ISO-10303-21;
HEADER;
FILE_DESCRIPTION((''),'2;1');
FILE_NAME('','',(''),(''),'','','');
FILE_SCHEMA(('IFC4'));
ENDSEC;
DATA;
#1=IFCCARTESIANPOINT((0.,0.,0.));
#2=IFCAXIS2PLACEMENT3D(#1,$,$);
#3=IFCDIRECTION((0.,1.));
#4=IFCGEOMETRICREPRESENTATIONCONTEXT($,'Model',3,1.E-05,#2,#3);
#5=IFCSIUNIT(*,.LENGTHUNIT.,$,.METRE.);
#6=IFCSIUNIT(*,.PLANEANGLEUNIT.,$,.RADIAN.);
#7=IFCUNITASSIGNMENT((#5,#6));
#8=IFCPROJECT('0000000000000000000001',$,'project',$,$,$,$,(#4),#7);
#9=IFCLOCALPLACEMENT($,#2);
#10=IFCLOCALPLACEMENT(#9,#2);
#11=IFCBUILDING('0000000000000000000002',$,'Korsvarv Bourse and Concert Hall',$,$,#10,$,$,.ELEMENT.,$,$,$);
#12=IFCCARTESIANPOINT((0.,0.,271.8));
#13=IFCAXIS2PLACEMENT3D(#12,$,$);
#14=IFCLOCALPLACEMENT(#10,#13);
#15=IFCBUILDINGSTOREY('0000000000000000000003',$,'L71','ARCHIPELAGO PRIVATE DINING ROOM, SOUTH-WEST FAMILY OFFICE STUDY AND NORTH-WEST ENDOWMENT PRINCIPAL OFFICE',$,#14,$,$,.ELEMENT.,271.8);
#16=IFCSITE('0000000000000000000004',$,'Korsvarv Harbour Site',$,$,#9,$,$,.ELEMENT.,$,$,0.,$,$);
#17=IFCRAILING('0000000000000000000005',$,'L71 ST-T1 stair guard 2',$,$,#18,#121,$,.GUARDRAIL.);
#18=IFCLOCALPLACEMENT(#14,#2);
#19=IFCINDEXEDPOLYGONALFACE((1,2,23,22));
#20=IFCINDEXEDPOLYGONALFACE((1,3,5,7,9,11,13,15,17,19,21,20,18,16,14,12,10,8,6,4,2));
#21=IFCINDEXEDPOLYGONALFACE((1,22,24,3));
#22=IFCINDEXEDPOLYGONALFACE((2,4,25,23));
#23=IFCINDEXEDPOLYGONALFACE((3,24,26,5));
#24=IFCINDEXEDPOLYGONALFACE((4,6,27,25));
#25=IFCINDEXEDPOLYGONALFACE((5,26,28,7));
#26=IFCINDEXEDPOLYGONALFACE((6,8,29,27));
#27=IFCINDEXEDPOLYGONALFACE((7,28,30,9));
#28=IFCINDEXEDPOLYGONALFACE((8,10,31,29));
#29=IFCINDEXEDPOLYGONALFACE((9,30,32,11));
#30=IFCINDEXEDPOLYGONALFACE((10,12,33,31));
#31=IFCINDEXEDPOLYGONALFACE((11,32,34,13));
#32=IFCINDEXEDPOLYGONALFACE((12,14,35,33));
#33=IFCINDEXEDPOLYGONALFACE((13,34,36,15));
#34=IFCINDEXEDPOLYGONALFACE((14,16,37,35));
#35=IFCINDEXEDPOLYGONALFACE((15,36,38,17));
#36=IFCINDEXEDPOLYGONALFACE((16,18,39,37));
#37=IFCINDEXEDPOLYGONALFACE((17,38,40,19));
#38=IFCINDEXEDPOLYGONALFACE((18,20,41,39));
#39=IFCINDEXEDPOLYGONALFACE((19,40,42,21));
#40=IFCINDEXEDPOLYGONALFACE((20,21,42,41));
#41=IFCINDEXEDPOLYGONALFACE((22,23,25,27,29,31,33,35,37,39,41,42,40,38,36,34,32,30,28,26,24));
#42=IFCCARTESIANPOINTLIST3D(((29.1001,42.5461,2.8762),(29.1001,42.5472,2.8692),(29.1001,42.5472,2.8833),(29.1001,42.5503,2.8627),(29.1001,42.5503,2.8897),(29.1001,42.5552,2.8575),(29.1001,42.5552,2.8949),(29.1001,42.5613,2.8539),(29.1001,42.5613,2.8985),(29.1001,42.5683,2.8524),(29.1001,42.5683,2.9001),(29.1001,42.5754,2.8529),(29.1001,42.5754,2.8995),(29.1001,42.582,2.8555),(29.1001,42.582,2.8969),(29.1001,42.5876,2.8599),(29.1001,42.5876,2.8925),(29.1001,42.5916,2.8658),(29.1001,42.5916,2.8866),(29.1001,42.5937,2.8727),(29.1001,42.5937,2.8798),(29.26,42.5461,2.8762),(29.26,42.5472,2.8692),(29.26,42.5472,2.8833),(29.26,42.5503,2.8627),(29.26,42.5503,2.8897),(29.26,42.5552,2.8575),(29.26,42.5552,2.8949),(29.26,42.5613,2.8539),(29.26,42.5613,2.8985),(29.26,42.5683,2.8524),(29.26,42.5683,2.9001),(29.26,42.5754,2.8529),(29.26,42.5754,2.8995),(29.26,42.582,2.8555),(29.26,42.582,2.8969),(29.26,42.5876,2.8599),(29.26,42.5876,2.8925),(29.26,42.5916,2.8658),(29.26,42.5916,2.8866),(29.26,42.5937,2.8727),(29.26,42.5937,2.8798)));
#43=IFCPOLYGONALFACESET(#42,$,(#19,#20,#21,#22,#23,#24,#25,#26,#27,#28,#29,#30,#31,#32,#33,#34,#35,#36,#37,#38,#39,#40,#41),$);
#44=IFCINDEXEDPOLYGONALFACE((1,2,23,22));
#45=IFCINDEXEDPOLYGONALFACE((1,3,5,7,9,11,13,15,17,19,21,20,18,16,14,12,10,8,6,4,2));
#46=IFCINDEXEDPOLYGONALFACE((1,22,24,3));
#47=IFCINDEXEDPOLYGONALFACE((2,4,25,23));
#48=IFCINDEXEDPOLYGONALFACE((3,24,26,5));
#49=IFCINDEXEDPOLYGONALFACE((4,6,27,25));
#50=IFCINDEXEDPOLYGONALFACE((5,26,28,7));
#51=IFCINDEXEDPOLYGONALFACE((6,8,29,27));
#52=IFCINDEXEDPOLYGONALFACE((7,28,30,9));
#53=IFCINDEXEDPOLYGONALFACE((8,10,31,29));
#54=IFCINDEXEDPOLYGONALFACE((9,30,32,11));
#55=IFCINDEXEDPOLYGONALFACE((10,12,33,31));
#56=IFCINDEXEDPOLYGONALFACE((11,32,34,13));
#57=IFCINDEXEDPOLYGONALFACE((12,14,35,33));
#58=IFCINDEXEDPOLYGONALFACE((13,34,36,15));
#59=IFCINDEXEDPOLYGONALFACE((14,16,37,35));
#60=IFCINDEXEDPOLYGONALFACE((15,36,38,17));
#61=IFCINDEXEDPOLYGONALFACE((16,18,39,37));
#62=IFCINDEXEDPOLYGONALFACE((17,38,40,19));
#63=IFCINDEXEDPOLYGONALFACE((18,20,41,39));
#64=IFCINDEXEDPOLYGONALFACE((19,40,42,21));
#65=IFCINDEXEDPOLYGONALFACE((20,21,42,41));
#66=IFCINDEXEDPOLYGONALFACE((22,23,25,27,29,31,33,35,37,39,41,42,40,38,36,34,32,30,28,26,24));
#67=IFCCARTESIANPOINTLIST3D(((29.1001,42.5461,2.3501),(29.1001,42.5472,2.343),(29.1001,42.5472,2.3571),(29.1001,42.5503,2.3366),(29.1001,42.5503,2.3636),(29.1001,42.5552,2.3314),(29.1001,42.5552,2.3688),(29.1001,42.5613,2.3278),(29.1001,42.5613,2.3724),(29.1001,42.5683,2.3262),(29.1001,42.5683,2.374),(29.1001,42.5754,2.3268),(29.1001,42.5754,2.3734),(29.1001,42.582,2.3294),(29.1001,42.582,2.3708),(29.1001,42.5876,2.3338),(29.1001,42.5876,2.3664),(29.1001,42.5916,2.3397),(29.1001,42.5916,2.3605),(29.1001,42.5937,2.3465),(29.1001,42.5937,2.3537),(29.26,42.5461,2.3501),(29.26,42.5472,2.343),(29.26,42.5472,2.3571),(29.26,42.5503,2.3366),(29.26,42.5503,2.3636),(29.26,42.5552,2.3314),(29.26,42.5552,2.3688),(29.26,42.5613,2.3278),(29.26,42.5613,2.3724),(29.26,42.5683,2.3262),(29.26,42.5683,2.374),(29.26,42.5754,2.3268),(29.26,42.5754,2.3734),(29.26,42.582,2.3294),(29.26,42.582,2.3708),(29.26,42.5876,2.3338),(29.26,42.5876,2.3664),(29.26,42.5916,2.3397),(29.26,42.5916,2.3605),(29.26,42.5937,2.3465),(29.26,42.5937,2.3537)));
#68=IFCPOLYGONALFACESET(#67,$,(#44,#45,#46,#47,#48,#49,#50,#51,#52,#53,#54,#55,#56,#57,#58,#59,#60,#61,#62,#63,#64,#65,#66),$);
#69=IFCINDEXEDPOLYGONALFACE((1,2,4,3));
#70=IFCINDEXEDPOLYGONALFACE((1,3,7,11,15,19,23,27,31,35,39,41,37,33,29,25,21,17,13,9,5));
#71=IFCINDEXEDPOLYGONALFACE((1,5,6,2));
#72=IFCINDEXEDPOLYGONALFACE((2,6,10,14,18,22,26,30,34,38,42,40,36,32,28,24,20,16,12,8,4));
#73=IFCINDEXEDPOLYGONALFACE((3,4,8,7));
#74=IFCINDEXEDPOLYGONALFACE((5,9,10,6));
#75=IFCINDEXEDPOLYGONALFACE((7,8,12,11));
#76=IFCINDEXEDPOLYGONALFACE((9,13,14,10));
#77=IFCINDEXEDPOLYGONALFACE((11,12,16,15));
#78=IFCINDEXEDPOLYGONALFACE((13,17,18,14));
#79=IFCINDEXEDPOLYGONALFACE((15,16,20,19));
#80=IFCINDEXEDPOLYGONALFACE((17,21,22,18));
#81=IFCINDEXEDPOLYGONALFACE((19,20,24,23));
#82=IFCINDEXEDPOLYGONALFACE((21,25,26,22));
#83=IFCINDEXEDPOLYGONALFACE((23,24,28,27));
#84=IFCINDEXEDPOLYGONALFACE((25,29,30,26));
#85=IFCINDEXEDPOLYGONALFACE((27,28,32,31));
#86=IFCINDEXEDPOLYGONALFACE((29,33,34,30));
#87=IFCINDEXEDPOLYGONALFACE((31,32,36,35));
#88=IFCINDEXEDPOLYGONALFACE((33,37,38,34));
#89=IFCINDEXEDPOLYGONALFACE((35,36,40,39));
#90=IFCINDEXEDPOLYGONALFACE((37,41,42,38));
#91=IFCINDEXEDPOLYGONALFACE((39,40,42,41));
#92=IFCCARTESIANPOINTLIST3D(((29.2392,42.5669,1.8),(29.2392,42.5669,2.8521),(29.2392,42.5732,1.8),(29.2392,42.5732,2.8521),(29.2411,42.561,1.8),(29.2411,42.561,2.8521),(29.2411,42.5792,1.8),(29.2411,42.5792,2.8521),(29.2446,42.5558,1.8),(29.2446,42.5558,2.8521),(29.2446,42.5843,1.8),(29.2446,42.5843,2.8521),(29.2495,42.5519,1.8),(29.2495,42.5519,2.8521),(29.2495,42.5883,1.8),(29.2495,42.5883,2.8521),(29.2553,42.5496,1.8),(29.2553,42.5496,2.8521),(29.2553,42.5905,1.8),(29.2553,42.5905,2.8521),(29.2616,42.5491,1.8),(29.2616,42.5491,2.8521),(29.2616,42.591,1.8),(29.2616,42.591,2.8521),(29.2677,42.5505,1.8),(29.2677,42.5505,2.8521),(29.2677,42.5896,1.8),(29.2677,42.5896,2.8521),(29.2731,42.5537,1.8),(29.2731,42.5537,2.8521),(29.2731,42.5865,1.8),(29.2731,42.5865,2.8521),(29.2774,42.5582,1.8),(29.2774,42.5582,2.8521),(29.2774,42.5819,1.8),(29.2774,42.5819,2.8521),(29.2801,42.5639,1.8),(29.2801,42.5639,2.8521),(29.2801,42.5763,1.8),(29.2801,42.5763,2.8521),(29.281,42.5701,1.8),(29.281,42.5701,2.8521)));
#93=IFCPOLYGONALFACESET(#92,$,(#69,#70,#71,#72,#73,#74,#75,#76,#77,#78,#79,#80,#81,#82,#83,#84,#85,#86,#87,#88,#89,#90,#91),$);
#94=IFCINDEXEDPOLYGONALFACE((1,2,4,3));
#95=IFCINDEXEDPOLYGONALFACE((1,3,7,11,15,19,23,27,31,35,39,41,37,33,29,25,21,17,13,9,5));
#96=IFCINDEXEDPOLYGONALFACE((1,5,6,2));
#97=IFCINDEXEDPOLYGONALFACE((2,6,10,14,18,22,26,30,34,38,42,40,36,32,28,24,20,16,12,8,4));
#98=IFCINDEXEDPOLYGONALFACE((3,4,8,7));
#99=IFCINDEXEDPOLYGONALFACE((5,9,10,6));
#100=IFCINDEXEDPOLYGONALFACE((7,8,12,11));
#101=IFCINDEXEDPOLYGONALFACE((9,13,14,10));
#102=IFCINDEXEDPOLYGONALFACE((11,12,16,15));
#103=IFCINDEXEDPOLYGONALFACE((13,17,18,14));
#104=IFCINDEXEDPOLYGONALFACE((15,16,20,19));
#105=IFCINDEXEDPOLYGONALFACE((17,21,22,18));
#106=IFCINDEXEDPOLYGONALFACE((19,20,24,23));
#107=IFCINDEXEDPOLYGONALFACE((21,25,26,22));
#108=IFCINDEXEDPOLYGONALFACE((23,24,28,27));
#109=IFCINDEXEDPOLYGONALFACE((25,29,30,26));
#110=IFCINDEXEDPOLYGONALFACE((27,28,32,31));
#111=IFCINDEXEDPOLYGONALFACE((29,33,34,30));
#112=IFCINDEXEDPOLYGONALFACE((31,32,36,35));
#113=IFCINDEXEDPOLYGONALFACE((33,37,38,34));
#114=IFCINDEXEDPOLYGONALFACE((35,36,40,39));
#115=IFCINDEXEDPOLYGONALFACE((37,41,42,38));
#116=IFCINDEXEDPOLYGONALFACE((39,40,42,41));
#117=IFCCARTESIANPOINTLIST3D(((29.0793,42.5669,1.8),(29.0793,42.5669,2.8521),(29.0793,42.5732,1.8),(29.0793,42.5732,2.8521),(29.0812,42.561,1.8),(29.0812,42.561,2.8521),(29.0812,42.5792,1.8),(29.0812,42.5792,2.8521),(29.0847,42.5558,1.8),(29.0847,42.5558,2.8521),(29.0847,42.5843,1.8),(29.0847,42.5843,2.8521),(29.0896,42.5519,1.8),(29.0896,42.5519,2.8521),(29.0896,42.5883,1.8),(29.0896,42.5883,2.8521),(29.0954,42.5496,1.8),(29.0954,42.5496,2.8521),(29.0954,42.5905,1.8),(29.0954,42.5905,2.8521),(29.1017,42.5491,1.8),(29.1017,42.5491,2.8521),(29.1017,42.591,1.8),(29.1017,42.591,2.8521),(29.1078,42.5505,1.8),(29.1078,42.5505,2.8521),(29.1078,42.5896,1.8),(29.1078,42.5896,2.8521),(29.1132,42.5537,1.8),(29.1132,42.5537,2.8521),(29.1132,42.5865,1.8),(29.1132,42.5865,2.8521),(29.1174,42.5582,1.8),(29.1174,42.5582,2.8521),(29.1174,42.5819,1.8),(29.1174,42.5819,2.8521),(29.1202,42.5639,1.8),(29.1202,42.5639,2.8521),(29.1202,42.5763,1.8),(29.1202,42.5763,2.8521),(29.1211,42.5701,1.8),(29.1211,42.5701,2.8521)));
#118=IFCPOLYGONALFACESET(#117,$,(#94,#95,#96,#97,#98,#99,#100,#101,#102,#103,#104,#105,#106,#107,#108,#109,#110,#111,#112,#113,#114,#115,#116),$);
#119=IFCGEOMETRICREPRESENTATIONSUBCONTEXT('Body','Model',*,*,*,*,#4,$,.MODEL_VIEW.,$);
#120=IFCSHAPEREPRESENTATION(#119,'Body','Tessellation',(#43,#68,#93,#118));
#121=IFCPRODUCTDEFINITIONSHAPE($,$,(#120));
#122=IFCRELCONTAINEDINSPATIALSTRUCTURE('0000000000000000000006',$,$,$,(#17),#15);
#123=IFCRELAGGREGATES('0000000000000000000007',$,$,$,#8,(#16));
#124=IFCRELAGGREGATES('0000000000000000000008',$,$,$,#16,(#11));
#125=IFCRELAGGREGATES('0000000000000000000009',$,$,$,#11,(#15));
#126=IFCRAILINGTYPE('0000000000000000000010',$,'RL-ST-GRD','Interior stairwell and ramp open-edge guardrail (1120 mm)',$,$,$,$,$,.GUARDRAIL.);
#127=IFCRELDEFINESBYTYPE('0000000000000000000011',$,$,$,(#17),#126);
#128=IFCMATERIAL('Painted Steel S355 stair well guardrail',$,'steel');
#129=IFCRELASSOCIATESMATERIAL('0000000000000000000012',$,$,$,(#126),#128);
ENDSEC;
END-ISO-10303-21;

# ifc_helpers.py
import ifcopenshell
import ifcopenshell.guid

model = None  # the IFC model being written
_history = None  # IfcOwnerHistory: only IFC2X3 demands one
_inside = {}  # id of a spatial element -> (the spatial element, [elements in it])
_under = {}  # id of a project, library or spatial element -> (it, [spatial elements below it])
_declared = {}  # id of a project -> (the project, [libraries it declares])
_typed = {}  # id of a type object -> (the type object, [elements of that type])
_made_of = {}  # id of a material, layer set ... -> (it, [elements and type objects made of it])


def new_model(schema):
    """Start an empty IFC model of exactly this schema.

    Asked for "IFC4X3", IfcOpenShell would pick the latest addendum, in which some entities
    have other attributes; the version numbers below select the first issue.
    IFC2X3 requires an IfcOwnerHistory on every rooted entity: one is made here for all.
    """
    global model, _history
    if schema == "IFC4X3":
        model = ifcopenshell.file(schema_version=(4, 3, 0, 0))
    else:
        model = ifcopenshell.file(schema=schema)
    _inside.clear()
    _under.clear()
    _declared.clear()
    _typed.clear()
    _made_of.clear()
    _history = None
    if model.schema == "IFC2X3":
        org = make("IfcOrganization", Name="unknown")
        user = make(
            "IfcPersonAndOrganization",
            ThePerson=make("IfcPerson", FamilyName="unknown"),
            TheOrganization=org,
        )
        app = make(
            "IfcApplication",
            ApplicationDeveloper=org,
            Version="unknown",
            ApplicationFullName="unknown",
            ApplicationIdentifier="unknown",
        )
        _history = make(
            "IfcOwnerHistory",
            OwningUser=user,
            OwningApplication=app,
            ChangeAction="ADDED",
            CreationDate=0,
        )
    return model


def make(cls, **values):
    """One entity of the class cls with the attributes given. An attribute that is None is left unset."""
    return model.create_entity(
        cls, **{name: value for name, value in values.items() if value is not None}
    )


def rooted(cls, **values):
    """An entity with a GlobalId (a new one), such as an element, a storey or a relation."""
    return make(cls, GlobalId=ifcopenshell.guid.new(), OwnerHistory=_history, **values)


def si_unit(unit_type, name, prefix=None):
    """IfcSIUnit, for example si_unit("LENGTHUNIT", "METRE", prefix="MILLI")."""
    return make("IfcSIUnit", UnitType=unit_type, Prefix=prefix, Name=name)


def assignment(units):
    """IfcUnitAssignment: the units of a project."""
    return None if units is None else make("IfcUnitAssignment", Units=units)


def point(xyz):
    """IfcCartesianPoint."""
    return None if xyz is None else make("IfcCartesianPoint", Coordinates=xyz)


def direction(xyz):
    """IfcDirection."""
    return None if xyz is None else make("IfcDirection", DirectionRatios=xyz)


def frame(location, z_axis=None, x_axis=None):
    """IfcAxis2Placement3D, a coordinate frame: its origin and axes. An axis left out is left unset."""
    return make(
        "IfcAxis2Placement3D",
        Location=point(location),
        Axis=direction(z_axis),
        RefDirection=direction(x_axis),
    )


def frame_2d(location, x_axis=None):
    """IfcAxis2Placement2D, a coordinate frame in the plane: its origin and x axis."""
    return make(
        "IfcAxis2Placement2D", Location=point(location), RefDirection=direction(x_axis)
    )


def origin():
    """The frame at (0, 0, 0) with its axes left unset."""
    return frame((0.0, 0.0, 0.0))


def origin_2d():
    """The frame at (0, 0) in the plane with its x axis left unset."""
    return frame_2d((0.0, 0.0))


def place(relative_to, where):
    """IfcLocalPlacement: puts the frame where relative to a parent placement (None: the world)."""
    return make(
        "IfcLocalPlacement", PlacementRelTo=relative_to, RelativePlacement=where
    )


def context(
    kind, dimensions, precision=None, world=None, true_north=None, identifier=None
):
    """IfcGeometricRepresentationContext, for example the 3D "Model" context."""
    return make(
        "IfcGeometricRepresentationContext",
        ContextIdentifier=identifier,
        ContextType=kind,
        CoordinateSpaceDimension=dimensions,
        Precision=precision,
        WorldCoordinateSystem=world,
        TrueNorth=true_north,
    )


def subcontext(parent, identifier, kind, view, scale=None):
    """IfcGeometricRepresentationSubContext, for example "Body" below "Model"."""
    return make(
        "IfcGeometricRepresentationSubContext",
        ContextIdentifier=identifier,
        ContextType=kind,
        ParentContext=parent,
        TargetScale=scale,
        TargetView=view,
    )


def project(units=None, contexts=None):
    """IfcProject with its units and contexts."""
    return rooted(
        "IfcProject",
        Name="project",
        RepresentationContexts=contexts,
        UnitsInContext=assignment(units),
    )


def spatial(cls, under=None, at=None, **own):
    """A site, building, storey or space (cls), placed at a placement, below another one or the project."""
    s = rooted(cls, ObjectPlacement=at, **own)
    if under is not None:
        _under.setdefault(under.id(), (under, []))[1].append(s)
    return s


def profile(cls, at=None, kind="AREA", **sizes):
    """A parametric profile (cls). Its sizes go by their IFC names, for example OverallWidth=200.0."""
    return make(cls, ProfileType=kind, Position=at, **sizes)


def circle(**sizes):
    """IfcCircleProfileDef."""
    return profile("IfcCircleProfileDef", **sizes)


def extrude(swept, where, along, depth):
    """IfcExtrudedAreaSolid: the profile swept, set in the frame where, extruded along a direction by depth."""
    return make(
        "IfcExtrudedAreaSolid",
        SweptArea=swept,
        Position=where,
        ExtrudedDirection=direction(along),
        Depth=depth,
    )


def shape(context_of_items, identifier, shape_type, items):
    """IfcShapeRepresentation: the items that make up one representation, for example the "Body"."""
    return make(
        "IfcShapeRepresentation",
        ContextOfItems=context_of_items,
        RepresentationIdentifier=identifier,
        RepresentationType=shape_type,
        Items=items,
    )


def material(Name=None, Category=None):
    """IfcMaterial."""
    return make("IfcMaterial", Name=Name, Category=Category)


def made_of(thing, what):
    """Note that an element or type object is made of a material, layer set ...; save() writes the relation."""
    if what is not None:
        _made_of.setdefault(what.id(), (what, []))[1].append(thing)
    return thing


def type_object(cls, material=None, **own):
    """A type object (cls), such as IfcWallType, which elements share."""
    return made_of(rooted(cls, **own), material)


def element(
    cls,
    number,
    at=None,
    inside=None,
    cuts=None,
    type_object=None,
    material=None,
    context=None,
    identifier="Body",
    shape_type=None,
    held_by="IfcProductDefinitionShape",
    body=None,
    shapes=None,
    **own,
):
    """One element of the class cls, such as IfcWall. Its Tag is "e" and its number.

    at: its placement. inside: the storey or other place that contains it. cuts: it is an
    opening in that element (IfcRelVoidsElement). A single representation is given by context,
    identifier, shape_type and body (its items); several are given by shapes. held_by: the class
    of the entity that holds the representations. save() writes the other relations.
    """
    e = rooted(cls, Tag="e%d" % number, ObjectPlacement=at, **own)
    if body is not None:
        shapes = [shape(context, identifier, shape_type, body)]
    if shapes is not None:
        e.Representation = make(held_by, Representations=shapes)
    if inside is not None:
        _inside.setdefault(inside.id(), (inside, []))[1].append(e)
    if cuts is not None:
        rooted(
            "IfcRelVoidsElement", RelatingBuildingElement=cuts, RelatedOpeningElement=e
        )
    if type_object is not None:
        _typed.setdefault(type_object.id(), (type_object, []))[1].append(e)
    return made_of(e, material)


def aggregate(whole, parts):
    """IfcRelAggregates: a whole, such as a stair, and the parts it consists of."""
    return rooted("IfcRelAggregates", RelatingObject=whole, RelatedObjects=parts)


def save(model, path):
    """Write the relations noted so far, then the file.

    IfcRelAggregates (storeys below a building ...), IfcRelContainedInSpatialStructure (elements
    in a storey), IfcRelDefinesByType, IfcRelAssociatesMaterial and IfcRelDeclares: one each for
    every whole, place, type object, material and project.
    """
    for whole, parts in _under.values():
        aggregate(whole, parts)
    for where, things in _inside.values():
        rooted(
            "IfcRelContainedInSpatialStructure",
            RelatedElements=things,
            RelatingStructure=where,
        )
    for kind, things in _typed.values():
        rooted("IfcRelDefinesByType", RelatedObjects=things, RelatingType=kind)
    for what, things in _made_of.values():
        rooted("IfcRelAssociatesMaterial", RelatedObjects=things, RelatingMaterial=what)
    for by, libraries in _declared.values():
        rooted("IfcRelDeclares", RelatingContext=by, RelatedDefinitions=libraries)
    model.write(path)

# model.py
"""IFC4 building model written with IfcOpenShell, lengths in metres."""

from ifc_helpers import new_model, si_unit, direction, frame, origin, origin_2d, place, context, subcontext, project, spatial, circle, extrude, material, type_object, element, save


model = new_model("IFC4")

# Units and contexts
model_context = context("Model", 3, precision=1e-05, world=origin(), true_north=direction((0.0, 1.0)))
body_context = subcontext(model_context, "Body", "Model", "MODEL_VIEW")
ifc_project = project(units=[si_unit("LENGTHUNIT", "METRE"), si_unit("PLANEANGLEUNIT", "RADIAN")], contexts=[model_context])

# Site, building, storey
site_placement = place(None, origin())
site = spatial("IfcSite", under=ifc_project, at=site_placement, Name="Korsvarv Harbour Site", CompositionType="ELEMENT", RefElevation=0.0)
building_placement = place(site_placement, origin())
building = spatial("IfcBuilding", under=site, at=building_placement, Name="Korsvarv Bourse and Concert Hall", CompositionType="ELEMENT")
storey_placement = place(building_placement, frame((0.0, 0.0, 271.8)))
storey = spatial("IfcBuildingStorey", under=building, at=storey_placement, Name="L71", Description="ARCHIPELAGO PRIVATE DINING ROOM, SOUTH-WEST FAMILY OFFICE STUDY AND NORTH-WEST ENDOWMENT PRINCIPAL OFFICE", CompositionType="ELEMENT", Elevation=271.8)

# Railing
ifc_material_1 = material(Name="Painted Steel S355 stair well guardrail", Category="steel")
railing_type_1 = type_object("IfcRailingType", Name="RL-ST-GRD", Description="Interior stairwell and ramp open-edge guardrail (1120 mm)", PredefinedType="GUARDRAIL", material=ifc_material_1)
railing_1_placement = place(storey_placement, frame((29.26, 42.5701, 1.8)))
element("IfcRailing", 1, at=railing_1_placement, inside=storey, type_object=railing_type_1, Name="L71 ST-T1 stair guard 2", PredefinedType="GUARDRAIL", context=body_context, shape_type="SweptSolid", body=[
    extrude(circle(Radius=0.0239, at=origin_2d()), frame((0.0, 0.0, 1.0762), z_axis=(-1.0, 0.0, 0.0), x_axis=(0.0, -1.0, 0.0)), (0.0, 0.0, 1.0), 0.1599),
    extrude(circle(Radius=0.0239, at=origin_2d()), frame((0.0, 0.0, 0.55), z_axis=(-1.0, 0.0, 0.0), x_axis=(0.0, -1.0, 0.0)), (0.0, 0.0, 1.0), 0.1599),
    extrude(circle(Radius=0.021, at=origin_2d()), origin(), (0.0, 0.0, 1.0), 1.052),
    extrude(circle(Radius=0.021, at=origin_2d()), frame((-0.1599, 0.0, 0.0)), (0.0, 0.0, 1.0), 1.052),
])

save(model, "model.ifc")
